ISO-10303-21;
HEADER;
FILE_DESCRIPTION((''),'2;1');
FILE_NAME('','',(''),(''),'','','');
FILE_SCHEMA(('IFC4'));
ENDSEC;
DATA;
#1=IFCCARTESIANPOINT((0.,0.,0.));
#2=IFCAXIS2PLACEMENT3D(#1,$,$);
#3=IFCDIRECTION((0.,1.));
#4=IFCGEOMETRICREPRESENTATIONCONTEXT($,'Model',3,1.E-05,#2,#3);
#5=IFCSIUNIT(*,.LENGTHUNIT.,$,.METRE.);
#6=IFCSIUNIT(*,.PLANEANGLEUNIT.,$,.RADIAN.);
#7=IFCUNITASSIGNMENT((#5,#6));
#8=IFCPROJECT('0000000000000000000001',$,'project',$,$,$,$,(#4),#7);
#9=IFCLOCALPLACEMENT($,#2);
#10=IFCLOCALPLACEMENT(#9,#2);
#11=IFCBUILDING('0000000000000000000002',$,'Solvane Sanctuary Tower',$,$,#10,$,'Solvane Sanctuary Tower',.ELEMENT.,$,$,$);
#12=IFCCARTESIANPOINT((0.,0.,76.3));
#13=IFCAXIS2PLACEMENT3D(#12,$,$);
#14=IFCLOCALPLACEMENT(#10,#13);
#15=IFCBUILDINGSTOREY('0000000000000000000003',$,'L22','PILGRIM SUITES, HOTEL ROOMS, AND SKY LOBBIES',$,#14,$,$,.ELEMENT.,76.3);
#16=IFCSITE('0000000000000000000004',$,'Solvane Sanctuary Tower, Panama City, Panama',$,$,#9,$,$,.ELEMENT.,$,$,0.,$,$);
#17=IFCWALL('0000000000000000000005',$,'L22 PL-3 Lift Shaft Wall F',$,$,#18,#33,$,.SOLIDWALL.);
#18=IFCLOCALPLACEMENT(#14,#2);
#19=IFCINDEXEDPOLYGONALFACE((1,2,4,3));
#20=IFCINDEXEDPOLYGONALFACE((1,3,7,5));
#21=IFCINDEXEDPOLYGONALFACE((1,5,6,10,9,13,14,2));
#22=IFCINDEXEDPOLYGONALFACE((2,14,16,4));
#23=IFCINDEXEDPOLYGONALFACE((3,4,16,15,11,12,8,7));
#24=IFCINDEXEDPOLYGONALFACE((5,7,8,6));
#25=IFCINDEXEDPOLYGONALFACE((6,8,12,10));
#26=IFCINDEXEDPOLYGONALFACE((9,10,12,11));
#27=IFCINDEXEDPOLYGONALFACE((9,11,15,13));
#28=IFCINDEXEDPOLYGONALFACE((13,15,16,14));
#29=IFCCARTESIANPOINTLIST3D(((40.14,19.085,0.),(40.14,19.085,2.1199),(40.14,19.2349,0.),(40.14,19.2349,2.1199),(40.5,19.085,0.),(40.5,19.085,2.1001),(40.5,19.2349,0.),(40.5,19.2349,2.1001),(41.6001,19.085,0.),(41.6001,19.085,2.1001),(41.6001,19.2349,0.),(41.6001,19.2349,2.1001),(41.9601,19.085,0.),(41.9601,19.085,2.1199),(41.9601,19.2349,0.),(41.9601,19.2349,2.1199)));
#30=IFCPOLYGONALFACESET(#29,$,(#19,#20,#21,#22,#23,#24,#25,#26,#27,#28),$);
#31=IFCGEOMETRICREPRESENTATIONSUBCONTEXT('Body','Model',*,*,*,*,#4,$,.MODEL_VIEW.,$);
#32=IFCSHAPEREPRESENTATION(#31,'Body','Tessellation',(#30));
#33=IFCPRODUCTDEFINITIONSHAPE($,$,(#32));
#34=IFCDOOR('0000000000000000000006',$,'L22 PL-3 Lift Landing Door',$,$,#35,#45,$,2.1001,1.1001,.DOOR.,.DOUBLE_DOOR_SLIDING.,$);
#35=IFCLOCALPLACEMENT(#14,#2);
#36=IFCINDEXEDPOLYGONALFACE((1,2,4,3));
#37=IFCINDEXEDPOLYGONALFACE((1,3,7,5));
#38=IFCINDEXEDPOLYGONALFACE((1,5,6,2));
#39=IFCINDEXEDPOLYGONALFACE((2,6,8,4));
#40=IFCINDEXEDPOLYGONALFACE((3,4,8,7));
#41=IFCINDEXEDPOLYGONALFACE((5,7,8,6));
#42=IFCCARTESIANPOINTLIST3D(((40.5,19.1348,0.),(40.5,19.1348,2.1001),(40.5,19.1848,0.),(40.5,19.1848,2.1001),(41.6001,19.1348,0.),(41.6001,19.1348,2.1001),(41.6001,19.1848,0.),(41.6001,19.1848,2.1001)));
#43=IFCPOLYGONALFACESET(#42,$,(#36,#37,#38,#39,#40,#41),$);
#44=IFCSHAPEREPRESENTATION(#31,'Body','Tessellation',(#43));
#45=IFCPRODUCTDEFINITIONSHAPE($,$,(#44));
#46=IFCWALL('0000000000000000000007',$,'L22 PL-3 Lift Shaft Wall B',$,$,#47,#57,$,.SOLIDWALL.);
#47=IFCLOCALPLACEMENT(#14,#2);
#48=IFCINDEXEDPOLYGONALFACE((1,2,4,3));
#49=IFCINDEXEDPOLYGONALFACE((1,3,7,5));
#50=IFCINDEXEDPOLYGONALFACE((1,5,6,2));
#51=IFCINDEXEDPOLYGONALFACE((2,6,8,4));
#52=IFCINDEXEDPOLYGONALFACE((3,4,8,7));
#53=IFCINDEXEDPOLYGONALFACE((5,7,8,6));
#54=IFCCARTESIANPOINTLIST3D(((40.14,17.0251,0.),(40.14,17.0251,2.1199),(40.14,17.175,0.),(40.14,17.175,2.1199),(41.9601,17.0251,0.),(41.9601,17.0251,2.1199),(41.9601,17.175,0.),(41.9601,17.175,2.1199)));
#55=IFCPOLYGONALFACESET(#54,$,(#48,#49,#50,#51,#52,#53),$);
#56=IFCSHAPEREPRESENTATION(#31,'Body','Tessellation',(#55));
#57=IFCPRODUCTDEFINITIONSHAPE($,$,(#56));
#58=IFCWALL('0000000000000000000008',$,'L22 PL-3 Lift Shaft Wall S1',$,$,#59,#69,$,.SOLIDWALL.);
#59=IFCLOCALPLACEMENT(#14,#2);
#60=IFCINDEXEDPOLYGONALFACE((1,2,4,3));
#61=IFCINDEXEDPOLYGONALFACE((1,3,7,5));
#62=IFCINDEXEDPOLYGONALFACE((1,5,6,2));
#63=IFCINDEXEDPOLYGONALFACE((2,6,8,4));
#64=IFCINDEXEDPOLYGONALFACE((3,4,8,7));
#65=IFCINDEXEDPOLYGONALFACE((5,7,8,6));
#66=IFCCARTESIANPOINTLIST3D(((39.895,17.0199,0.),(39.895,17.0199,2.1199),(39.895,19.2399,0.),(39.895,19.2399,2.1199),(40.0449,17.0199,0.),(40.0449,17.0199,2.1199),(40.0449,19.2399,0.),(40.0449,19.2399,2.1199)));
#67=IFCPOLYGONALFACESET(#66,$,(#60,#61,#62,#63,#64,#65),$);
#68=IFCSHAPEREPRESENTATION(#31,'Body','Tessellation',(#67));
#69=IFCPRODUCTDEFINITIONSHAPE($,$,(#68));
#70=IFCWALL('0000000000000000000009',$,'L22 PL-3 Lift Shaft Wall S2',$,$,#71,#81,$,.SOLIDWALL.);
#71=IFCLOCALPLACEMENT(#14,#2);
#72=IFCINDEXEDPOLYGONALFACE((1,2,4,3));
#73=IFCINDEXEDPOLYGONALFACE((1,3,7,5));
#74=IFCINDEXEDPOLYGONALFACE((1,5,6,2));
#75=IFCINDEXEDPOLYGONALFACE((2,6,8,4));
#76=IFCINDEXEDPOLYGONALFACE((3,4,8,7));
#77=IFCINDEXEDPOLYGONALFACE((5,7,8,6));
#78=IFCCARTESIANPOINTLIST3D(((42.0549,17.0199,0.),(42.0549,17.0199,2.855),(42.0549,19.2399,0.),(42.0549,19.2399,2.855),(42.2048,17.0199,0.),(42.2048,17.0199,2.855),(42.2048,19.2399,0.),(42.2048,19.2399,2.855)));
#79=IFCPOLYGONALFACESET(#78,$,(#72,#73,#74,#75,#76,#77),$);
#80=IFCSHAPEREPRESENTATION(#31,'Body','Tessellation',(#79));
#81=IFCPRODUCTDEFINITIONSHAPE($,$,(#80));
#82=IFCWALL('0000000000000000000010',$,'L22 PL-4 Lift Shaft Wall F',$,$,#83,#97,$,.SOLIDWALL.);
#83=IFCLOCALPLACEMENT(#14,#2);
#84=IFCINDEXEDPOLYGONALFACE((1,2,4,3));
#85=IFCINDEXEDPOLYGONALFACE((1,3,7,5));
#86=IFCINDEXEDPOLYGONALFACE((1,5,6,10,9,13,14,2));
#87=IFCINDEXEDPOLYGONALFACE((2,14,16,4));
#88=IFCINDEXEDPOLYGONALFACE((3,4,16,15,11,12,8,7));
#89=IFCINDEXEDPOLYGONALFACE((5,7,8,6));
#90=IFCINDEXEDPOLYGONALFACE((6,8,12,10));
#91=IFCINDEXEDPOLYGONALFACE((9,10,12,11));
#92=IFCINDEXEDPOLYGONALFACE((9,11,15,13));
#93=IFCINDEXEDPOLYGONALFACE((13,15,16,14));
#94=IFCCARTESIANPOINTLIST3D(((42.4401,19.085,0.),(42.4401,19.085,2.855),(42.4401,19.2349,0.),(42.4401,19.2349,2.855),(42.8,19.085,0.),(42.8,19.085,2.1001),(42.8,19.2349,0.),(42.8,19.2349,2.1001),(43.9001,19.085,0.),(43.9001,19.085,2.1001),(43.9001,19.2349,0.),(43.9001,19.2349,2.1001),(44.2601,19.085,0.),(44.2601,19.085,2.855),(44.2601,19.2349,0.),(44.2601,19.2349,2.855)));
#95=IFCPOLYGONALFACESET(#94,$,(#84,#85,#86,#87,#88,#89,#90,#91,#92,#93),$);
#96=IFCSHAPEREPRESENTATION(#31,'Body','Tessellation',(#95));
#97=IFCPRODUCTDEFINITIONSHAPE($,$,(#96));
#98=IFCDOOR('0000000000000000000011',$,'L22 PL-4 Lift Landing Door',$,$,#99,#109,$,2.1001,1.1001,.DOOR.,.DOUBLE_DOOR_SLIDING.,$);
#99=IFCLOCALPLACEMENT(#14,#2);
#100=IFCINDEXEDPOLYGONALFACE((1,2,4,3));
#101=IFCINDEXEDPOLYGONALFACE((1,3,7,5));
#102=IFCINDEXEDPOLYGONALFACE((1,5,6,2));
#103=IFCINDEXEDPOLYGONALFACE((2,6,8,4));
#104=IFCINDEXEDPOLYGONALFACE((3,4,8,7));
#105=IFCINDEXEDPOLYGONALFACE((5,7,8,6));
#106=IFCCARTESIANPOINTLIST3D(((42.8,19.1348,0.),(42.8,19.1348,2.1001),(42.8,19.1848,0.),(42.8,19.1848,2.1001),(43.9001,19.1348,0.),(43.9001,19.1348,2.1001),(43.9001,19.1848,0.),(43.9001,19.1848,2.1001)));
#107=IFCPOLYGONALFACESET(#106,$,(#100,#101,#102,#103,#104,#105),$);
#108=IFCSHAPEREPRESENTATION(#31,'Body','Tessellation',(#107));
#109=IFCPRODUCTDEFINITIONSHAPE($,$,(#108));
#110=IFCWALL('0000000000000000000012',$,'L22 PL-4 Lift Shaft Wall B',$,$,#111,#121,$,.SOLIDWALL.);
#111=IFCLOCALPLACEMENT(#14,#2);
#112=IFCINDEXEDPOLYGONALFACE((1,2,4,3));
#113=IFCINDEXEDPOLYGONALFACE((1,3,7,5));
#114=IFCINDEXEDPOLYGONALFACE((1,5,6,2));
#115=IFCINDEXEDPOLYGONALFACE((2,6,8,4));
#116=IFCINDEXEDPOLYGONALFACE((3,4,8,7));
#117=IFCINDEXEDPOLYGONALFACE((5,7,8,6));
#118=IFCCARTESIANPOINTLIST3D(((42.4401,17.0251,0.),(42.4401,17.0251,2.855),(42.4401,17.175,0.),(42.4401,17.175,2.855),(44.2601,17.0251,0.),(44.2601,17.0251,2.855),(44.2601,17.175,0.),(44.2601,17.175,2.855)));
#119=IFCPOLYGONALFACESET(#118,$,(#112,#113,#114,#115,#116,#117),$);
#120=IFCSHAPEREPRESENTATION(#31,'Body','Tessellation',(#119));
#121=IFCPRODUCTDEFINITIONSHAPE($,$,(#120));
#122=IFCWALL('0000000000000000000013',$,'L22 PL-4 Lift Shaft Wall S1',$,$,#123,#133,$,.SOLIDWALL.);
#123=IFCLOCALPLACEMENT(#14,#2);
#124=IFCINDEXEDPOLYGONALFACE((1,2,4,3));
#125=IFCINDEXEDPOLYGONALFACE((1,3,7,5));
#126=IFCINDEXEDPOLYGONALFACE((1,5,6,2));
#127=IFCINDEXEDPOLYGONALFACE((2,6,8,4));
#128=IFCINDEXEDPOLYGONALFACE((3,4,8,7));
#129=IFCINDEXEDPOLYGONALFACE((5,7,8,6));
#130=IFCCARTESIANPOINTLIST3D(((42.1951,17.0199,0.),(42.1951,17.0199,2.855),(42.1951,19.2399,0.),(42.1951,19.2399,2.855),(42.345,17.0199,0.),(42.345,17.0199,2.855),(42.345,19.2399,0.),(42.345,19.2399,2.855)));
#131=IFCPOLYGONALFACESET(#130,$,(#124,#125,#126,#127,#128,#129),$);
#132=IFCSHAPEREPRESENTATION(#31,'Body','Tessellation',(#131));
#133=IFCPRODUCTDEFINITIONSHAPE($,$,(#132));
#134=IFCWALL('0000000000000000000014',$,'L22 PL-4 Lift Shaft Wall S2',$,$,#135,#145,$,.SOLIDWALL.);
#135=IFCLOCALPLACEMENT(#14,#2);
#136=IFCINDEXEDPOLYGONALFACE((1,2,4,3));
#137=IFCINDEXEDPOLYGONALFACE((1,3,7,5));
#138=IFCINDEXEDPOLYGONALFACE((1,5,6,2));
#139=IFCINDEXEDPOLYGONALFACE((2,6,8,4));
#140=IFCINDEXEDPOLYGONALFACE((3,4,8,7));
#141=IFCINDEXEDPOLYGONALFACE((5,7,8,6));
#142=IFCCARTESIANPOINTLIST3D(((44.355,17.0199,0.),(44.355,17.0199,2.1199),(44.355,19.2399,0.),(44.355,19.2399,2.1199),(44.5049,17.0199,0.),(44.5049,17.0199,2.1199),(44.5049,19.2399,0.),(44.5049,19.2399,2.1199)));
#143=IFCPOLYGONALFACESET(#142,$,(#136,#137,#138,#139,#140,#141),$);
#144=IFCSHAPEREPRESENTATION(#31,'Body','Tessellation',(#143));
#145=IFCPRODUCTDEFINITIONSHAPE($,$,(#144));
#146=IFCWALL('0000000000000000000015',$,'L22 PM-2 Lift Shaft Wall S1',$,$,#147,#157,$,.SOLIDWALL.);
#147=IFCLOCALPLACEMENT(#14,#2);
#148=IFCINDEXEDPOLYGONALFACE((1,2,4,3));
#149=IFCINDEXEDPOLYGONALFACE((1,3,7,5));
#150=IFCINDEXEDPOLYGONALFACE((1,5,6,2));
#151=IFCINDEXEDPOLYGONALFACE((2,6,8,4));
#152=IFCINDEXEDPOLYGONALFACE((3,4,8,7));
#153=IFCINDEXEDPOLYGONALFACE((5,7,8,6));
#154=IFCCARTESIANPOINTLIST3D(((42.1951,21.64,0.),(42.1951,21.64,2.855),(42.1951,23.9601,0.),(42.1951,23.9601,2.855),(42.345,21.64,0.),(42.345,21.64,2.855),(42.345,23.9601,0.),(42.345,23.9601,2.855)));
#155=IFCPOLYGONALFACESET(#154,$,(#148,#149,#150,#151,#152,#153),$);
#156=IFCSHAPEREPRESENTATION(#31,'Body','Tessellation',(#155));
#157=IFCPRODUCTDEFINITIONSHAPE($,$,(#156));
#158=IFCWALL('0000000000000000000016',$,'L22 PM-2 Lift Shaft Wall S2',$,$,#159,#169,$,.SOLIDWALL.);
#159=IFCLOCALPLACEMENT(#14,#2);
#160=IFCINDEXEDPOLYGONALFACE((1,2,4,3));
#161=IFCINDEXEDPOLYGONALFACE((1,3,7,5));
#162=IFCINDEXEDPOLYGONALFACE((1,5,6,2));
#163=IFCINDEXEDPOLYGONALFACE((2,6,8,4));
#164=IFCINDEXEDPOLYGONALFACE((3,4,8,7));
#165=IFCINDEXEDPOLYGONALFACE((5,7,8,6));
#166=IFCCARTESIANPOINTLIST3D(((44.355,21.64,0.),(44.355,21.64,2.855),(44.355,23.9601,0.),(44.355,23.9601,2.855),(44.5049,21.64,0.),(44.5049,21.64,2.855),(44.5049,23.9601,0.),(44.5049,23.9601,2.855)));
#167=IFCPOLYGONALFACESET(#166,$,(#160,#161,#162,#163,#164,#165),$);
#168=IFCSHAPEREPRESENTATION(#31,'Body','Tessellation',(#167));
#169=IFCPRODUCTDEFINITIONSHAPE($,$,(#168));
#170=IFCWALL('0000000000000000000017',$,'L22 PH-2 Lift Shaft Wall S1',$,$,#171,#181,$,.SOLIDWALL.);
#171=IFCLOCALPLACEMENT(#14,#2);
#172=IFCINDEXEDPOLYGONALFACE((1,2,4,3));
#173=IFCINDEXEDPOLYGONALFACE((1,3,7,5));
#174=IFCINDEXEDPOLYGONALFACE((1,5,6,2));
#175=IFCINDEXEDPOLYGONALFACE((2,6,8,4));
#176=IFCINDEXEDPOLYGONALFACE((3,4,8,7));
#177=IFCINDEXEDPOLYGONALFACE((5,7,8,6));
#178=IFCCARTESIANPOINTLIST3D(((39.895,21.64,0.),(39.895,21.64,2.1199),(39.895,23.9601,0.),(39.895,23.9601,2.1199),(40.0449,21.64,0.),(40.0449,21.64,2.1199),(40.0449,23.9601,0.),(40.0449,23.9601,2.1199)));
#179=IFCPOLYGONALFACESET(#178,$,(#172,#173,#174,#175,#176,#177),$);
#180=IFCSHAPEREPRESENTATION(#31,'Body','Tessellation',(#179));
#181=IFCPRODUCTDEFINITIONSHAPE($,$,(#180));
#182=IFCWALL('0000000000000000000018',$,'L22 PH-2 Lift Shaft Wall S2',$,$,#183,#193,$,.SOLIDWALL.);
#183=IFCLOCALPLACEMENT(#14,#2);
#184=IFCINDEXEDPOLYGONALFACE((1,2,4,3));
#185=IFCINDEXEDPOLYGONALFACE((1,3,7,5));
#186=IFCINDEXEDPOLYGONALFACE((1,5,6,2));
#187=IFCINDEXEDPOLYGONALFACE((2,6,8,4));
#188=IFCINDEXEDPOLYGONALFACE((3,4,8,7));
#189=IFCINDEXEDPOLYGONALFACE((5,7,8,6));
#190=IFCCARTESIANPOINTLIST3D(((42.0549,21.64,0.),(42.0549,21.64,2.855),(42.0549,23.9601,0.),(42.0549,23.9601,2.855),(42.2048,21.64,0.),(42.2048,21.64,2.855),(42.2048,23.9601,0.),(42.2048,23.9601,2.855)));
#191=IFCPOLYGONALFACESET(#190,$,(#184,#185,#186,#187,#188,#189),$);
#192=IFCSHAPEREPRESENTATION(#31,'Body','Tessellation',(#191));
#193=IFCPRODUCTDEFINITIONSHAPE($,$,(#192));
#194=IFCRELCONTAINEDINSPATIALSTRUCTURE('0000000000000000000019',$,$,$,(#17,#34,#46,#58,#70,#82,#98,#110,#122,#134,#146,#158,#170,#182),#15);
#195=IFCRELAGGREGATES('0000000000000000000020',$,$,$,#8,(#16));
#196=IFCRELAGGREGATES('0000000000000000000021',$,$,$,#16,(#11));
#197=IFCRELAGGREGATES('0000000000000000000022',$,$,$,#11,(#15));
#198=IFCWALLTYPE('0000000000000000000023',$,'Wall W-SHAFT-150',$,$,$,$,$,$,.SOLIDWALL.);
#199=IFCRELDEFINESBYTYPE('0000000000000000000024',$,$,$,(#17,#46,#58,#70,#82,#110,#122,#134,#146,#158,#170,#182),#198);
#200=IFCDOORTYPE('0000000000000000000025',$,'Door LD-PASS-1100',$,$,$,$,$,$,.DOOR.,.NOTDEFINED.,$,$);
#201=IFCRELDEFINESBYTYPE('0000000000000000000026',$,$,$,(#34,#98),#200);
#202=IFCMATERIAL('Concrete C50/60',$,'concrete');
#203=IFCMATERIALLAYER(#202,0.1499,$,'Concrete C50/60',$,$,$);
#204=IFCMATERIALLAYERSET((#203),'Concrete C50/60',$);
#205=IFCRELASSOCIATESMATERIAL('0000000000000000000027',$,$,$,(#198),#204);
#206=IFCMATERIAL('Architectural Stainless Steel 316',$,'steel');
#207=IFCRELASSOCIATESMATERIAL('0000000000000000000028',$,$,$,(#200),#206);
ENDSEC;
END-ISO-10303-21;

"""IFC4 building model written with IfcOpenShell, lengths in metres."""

from ifc_helpers import new_model, si_unit, direction, frame, frame_2d, origin, place, context, subcontext, project, spatial, rectangle, extrude, material, layer, layer_set, type_object, element, fill, save


model = new_model("IFC4")

# Units and contexts
model_context = context("Model", 3, precision=1e-05, world=origin(), true_north=direction((0.0, 1.0)))
body_context = subcontext(model_context, "Body", "Model", "MODEL_VIEW")
ifc_project = project(units=[si_unit("LENGTHUNIT", "METRE"), si_unit("PLANEANGLEUNIT", "RADIAN")], contexts=[model_context])

# Site, building, storey
site_placement = place(None, origin())
site = spatial("IfcSite", under=ifc_project, at=site_placement, Name="Solvane Sanctuary Tower, Panama City, Panama", CompositionType="ELEMENT", RefElevation=0.0)
building_placement = place(site_placement, origin())
building = spatial("IfcBuilding", under=site, at=building_placement, Name="Solvane Sanctuary Tower", LongName="Solvane Sanctuary Tower", CompositionType="ELEMENT")
storey_placement = place(building_placement, frame((0.0, 0.0, 76.3)))
storey = spatial("IfcBuildingStorey", under=building, at=storey_placement, Name="L22", Description="PILGRIM SUITES, HOTEL ROOMS, AND SKY LOBBIES", CompositionType="ELEMENT", Elevation=76.3)

# Wall, opening, door
ifc_material_1 = material(Name="Concrete C50/60", Category="concrete")
ifc_layer_1 = layer(ifc_material_1, 0.1499, Name="Concrete C50/60")
ifc_layer_set_1 = layer_set([ifc_layer_1], Name="Concrete C50/60")
wall_type_1 = type_object("IfcWallType", Name="Wall W-SHAFT-150", PredefinedType="SOLIDWALL", material=ifc_layer_set_1)
wall_1_placement = place(storey_placement, frame((40.1399, 19.1599, 0.0), z_axis=(0.0, 0.0, 1.0), x_axis=(1.0, 0.0, 0.0)))
wall_1 = element("IfcWall", 1, at=wall_1_placement, inside=storey, type_object=wall_type_1, Name="L22 PL-3 Lift Shaft Wall F", PredefinedType="SOLIDWALL", context=body_context, shape_type="SweptSolid", body=[
    extrude(rectangle(XDim=1.8201, YDim=0.1499, at=frame_2d((0.9102, 0.0))), origin(), (0.0, 0.0, 1.0), 2.1199),
])
opening_1_placement = place(wall_1_placement, frame((0.3601, 0.0, 0.0)))
opening_1 = element("IfcOpeningElement", 2, at=opening_1_placement, cuts=wall_1, PredefinedType="OPENING", context=body_context, shape_type="SweptSolid", body=[
    extrude(rectangle(XDim=1.1001, YDim=2.1001, at=frame_2d((0.55, 1.05))), frame((0.0, 0.085, 0.0), z_axis=(0.0, -1.0, 0.0), x_axis=(1.0, 0.0, 0.0)), (0.0, 0.0, 1.0), 0.1699),
])
ifc_material_2 = material(Name="Architectural Stainless Steel 316", Category="steel")
door_type_1 = type_object("IfcDoorType", Name="Door LD-PASS-1100", OperationType="NOTDEFINED", PredefinedType="DOOR", material=ifc_material_2)
door_1_placement = place(opening_1_placement, origin())
door_1 = element("IfcDoor", 3, at=door_1_placement, inside=storey, type_object=door_type_1, Name="L22 PL-3 Lift Landing Door", OperationType="DOUBLE_DOOR_SLIDING", OverallHeight=2.1001, OverallWidth=1.1001, PredefinedType="DOOR", context=body_context, shape_type="SweptSolid", body=[
    extrude(rectangle(XDim=1.1001, YDim=2.1001, at=frame_2d((0.55, 1.05))), frame((0.0, 0.0249, 0.0), z_axis=(0.0, -1.0, 0.0), x_axis=(1.0, 0.0, 0.0)), (0.0, 0.0, 1.0), 0.05),
])
fill(opening_1, door_1)

# Walls
wall_2_placement = place(storey_placement, frame((40.1399, 17.1001, 0.0), z_axis=(0.0, 0.0, 1.0), x_axis=(1.0, 0.0, 0.0)))
element("IfcWall", 4, at=wall_2_placement, inside=storey, type_object=wall_type_1, Name="L22 PL-3 Lift Shaft Wall B", PredefinedType="SOLIDWALL", context=body_context, shape_type="SweptSolid", body=[
    extrude(rectangle(XDim=1.8201, YDim=0.1499, at=frame_2d((0.9102, 0.0))), origin(), (0.0, 0.0, 1.0), 2.1199),
])
wall_3_placement = place(storey_placement, frame((39.97, 17.02, 0.0), z_axis=(0.0, 0.0, 1.0), x_axis=(0.0, 1.0, 0.0)))
element("IfcWall", 5, at=wall_3_placement, inside=storey, type_object=wall_type_1, Name="L22 PL-3 Lift Shaft Wall S1", PredefinedType="SOLIDWALL", context=body_context, shape_type="SweptSolid", body=[
    extrude(rectangle(XDim=2.22, YDim=0.1499, at=frame_2d((1.1099, 0.0))), origin(), (0.0, 0.0, 1.0), 2.1199),
])
wall_4_placement = place(storey_placement, frame((42.1299, 17.02, 0.0), z_axis=(0.0, 0.0, 1.0), x_axis=(0.0, 1.0, 0.0)))
element("IfcWall", 6, at=wall_4_placement, inside=storey, type_object=wall_type_1, Name="L22 PL-3 Lift Shaft Wall S2", PredefinedType="SOLIDWALL", context=body_context, shape_type="SweptSolid", body=[
    extrude(rectangle(XDim=2.22, YDim=0.1499, at=frame_2d((1.1099, 0.0))), origin(), (0.0, 0.0, 1.0), 2.855),
])

# Wall, opening, door
wall_5_placement = place(storey_placement, frame((42.4399, 19.1599, 0.0), z_axis=(0.0, 0.0, 1.0), x_axis=(1.0, 0.0, 0.0)))
wall_5 = element("IfcWall", 7, at=wall_5_placement, inside=storey, type_object=wall_type_1, Name="L22 PL-4 Lift Shaft Wall F", PredefinedType="SOLIDWALL", context=body_context, shape_type="SweptSolid", body=[
    extrude(rectangle(XDim=1.8201, YDim=0.1499, at=frame_2d((0.9102, 0.0))), origin(), (0.0, 0.0, 1.0), 2.855),
])
opening_2_placement = place(wall_5_placement, frame((0.3601, 0.0, 0.0)))
opening_2 = element("IfcOpeningElement", 8, at=opening_2_placement, cuts=wall_5, PredefinedType="OPENING", context=body_context, shape_type="SweptSolid", body=[
    extrude(rectangle(XDim=1.1001, YDim=2.1001, at=frame_2d((0.55, 1.05))), frame((0.0, 0.085, 0.0), z_axis=(0.0, -1.0, 0.0), x_axis=(1.0, 0.0, 0.0)), (0.0, 0.0, 1.0), 0.1699),
])
door_2_placement = place(opening_2_placement, origin())
door_2 = element("IfcDoor", 9, at=door_2_placement, inside=storey, type_object=door_type_1, Name="L22 PL-4 Lift Landing Door", OperationType="DOUBLE_DOOR_SLIDING", OverallHeight=2.1001, OverallWidth=1.1001, PredefinedType="DOOR", context=body_context, shape_type="SweptSolid", body=[
    extrude(rectangle(XDim=1.1001, YDim=2.1001, at=frame_2d((0.55, 1.05))), frame((0.0, 0.0249, 0.0), z_axis=(0.0, -1.0, 0.0), x_axis=(1.0, 0.0, 0.0)), (0.0, 0.0, 1.0), 0.05),
])
fill(opening_2, door_2)

# Walls
wall_6_placement = place(storey_placement, frame((42.4399, 17.1001, 0.0), z_axis=(0.0, 0.0, 1.0), x_axis=(1.0, 0.0, 0.0)))
element("IfcWall", 10, at=wall_6_placement, inside=storey, type_object=wall_type_1, Name="L22 PL-4 Lift Shaft Wall B", PredefinedType="SOLIDWALL", context=body_context, shape_type="SweptSolid", body=[
    extrude(rectangle(XDim=1.8201, YDim=0.1499, at=frame_2d((0.9102, 0.0))), origin(), (0.0, 0.0, 1.0), 2.855),
])
wall_7_placement = place(storey_placement, frame((42.27, 17.02, 0.0), z_axis=(0.0, 0.0, 1.0), x_axis=(0.0, 1.0, 0.0)))
element("IfcWall", 11, at=wall_7_placement, inside=storey, type_object=wall_type_1, Name="L22 PL-4 Lift Shaft Wall S1", PredefinedType="SOLIDWALL", context=body_context, shape_type="SweptSolid", body=[
    extrude(rectangle(XDim=2.22, YDim=0.1499, at=frame_2d((1.1099, 0.0))), origin(), (0.0, 0.0, 1.0), 2.855),
])
wall_8_placement = place(storey_placement, frame((44.4299, 17.02, 0.0), z_axis=(0.0, 0.0, 1.0), x_axis=(0.0, 1.0, 0.0)))
element("IfcWall", 12, at=wall_8_placement, inside=storey, type_object=wall_type_1, Name="L22 PL-4 Lift Shaft Wall S2", PredefinedType="SOLIDWALL", context=body_context, shape_type="SweptSolid", body=[
    extrude(rectangle(XDim=2.22, YDim=0.1499, at=frame_2d((1.1099, 0.0))), origin(), (0.0, 0.0, 1.0), 2.1199),
])
for number, where, z_axis, x_axis, name in (
    (13, (42.27, 21.6399, 0.0), (0.0, 0.0, 1.0), (0.0, 1.0, 0.0), "L22 PM-2 Lift Shaft Wall S1"),
    (14, (44.4299, 21.6399, 0.0), (0.0, 0.0, 1.0), (0.0, 1.0, 0.0), "L22 PM-2 Lift Shaft Wall S2"),
):
    element("IfcWall", number, at=place(storey_placement, frame(where, z_axis=z_axis, x_axis=x_axis)), inside=storey, type_object=wall_type_1, Name=name, PredefinedType="SOLIDWALL", context=body_context, shape_type="SweptSolid", body=[
        extrude(rectangle(XDim=2.3201, YDim=0.1499, at=frame_2d((1.1602, 0.0))), origin(), (0.0, 0.0, 1.0), 2.855),
    ])
wall_9_placement = place(storey_placement, frame((39.97, 21.6399, 0.0), z_axis=(0.0, 0.0, 1.0), x_axis=(0.0, 1.0, 0.0)))
element("IfcWall", 15, at=wall_9_placement, inside=storey, type_object=wall_type_1, Name="L22 PH-2 Lift Shaft Wall S1", PredefinedType="SOLIDWALL", context=body_context, shape_type="SweptSolid", body=[
    extrude(rectangle(XDim=2.3201, YDim=0.1499, at=frame_2d((1.1602, 0.0))), origin(), (0.0, 0.0, 1.0), 2.1199),
])
wall_10_placement = place(storey_placement, frame((42.1299, 21.6399, 0.0), z_axis=(0.0, 0.0, 1.0), x_axis=(0.0, 1.0, 0.0)))
element("IfcWall", 16, at=wall_10_placement, inside=storey, type_object=wall_type_1, Name="L22 PH-2 Lift Shaft Wall S2", PredefinedType="SOLIDWALL", context=body_context, shape_type="SweptSolid", body=[
    extrude(rectangle(XDim=2.3201, YDim=0.1499, at=frame_2d((1.1602, 0.0))), origin(), (0.0, 0.0, 1.0), 2.855),
])

save(model, "model.ifc")
